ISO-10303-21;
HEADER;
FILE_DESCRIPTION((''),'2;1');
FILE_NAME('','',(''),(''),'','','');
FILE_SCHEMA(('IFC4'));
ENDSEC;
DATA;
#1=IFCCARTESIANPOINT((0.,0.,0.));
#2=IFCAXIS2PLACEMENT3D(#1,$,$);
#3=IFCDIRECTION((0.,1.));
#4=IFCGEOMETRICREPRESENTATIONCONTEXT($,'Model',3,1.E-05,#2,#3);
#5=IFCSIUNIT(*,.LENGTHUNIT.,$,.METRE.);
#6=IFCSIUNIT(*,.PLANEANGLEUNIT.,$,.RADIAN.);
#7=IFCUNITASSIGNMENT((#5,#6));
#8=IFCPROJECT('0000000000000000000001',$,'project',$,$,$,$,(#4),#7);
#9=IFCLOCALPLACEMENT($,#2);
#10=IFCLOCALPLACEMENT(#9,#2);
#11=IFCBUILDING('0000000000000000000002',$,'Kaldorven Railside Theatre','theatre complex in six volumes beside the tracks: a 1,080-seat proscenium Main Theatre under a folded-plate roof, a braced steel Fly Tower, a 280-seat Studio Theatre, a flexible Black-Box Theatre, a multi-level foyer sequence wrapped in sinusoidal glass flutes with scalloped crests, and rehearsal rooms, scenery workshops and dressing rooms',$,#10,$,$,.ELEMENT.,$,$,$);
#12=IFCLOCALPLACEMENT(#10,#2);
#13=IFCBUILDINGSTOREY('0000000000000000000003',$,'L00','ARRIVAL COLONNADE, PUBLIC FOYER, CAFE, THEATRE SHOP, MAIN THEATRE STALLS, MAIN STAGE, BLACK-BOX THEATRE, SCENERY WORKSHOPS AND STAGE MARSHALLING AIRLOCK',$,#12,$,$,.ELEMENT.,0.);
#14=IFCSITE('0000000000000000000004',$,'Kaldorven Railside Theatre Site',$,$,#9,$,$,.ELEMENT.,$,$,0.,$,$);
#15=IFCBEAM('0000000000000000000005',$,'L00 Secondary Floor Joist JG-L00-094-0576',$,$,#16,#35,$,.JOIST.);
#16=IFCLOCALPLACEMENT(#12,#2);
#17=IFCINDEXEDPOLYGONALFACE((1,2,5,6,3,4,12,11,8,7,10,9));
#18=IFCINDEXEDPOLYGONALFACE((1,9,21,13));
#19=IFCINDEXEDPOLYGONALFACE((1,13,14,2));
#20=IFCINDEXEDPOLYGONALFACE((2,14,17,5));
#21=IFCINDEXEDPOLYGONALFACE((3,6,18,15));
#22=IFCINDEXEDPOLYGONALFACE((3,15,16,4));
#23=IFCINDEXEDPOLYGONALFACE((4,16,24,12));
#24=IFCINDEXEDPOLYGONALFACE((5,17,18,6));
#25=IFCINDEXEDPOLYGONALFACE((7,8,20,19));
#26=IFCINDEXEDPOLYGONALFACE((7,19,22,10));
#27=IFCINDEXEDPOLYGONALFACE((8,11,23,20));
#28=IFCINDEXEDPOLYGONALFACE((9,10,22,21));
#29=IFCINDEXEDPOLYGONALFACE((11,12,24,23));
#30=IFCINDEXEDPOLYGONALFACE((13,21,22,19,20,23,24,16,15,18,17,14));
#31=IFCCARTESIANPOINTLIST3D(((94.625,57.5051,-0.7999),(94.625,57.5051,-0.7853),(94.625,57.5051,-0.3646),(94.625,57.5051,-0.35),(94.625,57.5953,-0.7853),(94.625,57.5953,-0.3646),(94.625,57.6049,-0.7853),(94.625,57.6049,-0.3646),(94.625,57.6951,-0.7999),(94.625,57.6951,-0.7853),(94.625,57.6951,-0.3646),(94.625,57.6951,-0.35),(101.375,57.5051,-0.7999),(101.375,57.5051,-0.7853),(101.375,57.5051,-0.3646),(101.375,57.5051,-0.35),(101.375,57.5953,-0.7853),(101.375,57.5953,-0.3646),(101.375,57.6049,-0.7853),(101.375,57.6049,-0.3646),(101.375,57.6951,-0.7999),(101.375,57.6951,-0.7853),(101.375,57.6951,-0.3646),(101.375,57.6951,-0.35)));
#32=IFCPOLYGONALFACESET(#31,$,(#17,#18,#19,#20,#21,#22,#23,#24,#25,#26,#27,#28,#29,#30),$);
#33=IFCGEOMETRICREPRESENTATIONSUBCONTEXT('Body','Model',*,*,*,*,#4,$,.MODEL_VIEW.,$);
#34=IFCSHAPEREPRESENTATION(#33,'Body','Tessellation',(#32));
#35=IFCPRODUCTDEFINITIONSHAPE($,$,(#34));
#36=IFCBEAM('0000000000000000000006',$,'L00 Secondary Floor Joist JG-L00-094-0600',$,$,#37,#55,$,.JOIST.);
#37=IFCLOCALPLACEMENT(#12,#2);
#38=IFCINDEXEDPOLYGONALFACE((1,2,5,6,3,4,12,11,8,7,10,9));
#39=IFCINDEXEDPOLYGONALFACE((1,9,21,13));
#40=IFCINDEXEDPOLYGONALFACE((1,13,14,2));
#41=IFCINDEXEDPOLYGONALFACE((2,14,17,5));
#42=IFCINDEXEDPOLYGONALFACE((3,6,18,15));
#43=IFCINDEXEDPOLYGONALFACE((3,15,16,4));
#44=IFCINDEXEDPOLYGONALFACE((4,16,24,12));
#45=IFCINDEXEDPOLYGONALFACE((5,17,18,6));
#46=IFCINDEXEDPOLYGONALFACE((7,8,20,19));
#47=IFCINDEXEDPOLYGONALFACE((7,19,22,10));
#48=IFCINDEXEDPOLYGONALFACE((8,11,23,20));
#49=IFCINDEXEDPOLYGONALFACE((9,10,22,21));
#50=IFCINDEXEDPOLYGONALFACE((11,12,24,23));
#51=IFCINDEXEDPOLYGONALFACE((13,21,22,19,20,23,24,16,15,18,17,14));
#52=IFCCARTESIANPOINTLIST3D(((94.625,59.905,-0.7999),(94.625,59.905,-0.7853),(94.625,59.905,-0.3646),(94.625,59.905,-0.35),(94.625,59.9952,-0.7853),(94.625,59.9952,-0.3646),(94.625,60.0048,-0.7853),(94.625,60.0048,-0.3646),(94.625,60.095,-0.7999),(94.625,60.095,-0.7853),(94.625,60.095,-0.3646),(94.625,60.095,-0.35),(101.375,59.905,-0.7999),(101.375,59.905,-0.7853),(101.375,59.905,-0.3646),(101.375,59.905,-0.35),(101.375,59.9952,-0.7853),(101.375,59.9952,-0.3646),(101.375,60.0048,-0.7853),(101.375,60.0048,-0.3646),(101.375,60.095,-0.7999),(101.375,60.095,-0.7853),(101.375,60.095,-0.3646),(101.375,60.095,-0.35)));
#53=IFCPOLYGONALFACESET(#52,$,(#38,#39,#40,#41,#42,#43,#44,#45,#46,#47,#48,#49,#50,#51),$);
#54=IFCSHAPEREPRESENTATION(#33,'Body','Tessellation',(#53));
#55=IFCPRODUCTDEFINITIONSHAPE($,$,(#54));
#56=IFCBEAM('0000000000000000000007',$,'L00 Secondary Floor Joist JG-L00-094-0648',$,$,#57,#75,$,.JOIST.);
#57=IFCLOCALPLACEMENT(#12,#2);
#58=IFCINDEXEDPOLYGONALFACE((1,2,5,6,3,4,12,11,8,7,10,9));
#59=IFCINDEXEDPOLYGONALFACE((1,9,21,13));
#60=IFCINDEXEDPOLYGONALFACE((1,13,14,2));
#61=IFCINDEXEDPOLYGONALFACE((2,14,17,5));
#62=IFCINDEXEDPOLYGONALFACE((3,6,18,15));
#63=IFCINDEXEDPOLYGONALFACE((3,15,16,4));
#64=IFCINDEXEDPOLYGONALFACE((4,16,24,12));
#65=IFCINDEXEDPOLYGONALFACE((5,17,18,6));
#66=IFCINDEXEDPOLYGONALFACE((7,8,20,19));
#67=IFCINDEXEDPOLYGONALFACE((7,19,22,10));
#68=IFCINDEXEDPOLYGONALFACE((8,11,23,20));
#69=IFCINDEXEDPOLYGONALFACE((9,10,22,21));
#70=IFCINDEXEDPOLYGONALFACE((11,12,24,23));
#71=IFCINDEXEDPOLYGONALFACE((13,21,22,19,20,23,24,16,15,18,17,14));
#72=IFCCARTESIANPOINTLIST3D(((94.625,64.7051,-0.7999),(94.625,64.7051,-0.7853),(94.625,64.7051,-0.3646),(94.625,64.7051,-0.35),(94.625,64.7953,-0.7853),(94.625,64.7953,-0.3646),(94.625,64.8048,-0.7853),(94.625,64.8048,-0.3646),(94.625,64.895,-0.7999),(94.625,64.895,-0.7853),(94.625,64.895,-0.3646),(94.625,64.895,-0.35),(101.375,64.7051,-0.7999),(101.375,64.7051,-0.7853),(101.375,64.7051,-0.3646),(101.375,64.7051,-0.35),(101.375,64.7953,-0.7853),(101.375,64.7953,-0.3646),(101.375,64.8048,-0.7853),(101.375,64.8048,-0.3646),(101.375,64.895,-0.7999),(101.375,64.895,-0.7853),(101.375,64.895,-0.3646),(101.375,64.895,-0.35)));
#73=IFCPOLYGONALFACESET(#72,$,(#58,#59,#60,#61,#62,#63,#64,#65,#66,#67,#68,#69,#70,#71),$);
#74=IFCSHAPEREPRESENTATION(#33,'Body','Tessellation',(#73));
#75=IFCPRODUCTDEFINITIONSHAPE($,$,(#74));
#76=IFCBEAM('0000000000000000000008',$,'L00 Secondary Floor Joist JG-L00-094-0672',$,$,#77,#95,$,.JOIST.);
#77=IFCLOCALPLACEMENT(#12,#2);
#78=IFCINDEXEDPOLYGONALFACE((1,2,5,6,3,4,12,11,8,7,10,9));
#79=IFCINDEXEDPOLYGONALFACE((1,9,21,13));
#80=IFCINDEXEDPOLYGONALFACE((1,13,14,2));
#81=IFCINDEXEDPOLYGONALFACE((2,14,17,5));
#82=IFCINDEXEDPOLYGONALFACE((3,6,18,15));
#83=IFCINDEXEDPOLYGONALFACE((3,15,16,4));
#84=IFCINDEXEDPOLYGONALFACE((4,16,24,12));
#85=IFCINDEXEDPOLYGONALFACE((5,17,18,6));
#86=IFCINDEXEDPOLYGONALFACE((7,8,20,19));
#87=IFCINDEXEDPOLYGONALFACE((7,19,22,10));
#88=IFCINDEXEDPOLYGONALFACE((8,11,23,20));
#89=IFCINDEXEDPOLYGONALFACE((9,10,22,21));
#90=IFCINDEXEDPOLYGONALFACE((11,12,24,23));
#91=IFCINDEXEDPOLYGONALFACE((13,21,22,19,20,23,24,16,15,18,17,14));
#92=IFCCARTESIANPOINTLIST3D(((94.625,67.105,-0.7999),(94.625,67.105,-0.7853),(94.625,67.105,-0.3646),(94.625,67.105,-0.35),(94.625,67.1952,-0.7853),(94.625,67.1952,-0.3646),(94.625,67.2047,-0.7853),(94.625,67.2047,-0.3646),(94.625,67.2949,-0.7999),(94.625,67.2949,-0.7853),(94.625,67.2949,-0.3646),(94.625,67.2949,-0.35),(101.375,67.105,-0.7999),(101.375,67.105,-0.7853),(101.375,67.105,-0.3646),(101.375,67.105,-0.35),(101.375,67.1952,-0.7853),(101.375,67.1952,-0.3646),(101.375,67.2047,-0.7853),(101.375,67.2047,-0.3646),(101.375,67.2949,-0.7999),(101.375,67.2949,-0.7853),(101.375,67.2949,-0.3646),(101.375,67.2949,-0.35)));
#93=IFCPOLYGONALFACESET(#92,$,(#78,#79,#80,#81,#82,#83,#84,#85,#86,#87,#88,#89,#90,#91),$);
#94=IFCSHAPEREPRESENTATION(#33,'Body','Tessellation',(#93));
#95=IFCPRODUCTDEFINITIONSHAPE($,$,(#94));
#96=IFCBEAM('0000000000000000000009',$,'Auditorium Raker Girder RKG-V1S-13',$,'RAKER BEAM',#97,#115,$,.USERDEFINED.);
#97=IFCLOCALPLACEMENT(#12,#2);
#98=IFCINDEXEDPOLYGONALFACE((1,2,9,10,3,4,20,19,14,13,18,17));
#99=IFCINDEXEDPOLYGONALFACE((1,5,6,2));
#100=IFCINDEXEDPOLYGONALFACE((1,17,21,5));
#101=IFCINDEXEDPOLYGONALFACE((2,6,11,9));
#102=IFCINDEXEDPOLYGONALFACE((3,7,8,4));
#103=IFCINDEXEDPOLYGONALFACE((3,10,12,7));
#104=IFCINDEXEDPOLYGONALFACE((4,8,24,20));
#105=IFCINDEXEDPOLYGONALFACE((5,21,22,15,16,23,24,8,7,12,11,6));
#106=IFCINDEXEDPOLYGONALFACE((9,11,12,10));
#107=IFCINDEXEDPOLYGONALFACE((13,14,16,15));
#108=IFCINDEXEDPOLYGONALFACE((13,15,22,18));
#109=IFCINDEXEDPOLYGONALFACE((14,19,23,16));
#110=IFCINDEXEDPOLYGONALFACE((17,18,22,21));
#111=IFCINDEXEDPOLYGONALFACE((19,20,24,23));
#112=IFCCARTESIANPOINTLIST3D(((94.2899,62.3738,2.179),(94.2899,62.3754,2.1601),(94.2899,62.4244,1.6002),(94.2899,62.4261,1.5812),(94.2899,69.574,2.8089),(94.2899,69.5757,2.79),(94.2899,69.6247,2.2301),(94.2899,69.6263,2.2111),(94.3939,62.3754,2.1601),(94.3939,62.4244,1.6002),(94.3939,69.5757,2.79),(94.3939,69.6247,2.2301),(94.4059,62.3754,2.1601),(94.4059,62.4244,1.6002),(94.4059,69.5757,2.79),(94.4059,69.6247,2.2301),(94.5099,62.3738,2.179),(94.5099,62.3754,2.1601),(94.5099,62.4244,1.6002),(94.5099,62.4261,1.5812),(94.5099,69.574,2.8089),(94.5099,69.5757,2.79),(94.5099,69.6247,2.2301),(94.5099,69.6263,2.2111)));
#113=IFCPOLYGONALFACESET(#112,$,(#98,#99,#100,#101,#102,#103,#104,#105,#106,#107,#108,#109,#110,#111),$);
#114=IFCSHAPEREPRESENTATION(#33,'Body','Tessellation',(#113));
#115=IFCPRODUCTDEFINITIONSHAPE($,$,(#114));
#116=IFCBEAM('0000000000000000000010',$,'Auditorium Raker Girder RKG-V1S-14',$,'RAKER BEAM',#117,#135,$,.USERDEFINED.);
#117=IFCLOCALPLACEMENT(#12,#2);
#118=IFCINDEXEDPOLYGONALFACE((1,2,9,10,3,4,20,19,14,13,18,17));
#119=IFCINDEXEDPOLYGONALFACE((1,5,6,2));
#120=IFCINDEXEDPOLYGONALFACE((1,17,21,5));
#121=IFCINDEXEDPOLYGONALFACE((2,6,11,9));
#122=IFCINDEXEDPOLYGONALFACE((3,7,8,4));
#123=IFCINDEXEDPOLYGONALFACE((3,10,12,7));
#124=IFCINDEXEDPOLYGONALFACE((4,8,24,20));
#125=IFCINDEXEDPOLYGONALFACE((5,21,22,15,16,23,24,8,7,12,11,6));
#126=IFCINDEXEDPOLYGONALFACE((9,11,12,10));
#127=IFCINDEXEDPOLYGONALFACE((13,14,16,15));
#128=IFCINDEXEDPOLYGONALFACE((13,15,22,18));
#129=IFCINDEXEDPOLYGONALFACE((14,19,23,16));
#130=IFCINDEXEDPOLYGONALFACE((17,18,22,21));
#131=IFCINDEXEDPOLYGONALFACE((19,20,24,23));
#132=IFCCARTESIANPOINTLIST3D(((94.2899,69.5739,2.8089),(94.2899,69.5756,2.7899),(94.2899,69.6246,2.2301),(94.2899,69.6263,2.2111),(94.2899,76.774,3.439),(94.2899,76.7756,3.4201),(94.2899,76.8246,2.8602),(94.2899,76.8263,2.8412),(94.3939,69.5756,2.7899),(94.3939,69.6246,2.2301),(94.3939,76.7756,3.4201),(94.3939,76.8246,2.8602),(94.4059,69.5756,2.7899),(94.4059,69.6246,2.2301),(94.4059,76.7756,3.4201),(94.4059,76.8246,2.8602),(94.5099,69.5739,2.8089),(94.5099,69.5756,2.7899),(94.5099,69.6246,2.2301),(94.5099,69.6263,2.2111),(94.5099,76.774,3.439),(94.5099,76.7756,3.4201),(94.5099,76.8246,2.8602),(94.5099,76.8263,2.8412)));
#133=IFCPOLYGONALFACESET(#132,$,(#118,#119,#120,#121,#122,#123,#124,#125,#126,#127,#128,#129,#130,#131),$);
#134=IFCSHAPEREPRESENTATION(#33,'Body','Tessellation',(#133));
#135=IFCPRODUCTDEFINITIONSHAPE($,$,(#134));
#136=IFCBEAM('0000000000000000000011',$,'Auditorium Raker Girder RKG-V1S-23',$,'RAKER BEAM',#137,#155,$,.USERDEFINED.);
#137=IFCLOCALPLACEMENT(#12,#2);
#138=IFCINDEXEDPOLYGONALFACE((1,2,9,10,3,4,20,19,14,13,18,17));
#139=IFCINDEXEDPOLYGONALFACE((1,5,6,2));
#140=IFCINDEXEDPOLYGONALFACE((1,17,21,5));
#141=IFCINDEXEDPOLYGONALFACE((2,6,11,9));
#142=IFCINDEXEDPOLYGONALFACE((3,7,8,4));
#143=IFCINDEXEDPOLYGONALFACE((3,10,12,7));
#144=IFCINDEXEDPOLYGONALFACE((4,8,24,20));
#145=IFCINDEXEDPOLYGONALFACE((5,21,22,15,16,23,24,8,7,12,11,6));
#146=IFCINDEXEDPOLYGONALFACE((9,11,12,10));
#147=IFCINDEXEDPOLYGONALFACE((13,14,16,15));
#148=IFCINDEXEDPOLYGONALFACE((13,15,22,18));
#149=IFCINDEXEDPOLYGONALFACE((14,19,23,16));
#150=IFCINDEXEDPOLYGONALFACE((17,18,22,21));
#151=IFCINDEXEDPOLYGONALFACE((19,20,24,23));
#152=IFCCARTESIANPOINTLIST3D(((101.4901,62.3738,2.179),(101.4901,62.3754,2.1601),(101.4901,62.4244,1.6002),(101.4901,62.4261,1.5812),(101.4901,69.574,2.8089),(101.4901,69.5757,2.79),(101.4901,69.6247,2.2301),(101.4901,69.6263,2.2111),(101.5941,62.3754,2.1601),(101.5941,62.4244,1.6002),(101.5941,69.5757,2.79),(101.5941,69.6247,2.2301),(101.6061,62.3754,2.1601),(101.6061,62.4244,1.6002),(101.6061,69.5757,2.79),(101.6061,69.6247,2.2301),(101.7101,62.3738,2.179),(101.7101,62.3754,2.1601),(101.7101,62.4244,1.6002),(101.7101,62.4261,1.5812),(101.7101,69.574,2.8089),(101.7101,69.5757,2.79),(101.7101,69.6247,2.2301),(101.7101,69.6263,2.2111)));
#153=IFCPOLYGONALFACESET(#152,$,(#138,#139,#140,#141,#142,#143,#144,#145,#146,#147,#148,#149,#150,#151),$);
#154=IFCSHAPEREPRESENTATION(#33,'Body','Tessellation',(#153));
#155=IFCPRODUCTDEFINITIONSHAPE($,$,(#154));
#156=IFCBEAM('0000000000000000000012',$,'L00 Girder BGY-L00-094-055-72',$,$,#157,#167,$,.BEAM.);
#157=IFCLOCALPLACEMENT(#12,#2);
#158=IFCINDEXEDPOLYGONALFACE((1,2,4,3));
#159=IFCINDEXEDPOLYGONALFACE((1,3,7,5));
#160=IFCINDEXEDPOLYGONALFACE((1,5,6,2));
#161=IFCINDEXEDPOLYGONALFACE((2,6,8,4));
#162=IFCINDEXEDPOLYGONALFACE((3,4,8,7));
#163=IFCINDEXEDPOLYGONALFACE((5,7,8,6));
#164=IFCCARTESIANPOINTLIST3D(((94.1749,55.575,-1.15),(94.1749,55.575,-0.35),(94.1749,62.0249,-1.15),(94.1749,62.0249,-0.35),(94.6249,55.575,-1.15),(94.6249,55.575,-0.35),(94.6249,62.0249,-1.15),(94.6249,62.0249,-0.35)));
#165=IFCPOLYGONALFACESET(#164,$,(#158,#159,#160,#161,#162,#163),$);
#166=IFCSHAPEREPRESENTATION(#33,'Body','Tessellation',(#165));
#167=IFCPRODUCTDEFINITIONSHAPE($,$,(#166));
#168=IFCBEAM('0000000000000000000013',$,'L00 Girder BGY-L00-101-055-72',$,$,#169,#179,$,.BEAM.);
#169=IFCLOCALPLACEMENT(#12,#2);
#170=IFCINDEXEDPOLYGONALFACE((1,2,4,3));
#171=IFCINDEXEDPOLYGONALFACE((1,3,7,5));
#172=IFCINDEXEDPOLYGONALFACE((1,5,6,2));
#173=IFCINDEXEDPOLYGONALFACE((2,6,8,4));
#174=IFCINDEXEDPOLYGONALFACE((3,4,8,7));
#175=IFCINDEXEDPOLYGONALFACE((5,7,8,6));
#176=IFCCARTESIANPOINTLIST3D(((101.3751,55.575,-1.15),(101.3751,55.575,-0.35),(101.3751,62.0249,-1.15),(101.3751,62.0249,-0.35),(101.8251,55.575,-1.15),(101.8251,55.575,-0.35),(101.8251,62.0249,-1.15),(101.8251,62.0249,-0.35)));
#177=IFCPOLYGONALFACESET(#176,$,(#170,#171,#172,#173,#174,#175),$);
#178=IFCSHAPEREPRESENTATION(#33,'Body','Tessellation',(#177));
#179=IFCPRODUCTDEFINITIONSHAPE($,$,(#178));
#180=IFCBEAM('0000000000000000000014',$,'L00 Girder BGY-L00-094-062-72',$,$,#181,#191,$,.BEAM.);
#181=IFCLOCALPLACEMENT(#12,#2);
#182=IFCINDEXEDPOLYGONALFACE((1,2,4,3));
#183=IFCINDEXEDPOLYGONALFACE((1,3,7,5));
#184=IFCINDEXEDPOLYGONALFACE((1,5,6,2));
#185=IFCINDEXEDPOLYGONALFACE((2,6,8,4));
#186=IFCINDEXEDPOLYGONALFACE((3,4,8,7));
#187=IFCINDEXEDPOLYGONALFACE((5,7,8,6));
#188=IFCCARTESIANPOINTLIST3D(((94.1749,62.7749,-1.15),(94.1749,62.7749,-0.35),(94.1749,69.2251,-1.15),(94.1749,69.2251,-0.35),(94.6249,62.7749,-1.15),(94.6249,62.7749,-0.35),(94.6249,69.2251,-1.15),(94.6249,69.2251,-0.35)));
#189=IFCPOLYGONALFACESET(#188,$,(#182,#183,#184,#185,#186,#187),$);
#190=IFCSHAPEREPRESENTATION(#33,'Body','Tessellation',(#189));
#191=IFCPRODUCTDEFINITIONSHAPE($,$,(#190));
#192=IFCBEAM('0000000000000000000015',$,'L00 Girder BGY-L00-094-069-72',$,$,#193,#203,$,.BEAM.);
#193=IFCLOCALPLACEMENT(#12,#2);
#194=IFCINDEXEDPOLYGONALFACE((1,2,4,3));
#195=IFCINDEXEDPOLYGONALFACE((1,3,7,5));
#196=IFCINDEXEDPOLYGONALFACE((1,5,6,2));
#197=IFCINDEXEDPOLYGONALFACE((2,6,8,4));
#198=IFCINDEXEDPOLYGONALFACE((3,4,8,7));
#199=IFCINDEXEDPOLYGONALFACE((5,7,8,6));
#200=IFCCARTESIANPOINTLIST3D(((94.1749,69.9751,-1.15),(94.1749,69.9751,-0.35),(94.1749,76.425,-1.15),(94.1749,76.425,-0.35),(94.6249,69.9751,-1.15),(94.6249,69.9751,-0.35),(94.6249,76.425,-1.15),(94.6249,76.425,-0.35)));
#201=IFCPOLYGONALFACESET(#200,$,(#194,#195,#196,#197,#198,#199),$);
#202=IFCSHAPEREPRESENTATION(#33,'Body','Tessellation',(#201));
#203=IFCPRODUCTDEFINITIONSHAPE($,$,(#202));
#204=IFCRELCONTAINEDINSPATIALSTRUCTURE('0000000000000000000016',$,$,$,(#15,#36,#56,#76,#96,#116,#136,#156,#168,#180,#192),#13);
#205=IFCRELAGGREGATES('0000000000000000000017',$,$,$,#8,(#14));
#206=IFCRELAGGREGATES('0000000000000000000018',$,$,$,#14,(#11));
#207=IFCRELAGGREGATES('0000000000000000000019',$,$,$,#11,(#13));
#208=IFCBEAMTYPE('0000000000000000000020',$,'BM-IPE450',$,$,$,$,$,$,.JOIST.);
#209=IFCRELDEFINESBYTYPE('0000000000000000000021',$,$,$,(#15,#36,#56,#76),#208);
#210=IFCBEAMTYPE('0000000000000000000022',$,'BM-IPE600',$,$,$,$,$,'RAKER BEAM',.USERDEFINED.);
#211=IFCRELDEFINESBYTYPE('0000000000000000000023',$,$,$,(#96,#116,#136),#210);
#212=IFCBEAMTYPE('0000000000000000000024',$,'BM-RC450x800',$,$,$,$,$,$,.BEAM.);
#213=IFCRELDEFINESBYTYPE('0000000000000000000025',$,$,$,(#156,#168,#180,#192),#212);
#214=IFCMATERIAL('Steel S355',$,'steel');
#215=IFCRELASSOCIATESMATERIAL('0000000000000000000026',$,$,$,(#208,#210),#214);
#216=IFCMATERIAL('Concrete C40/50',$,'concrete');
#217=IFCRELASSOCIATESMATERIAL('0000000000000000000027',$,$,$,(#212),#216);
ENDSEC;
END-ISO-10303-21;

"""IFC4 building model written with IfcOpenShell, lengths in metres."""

from ifc_helpers import new_model, si_unit, direction, frame, origin, origin_2d, place, context, subcontext, project, spatial, rectangle, i_section, extrude, material, material_profile, profile_set, type_object, element, save


model = new_model("IFC4")

# Units and contexts
model_context = context("Model", 3, precision=1e-05, world=origin(), true_north=direction((0.0, 1.0)))
body_context = subcontext(model_context, "Body", "Model", "MODEL_VIEW")
ifc_project = project(units=[si_unit("LENGTHUNIT", "METRE"), si_unit("PLANEANGLEUNIT", "RADIAN")], contexts=[model_context])

# Site, building, storey
site_placement = place(None, origin())
site = spatial("IfcSite", under=ifc_project, at=site_placement, Name="Kaldorven Railside Theatre Site", CompositionType="ELEMENT", RefElevation=0.0)
building_placement = place(site_placement, origin())
building = spatial("IfcBuilding", under=site, at=building_placement, Name="Kaldorven Railside Theatre", Description="theatre complex in six volumes beside the tracks: a 1,080-seat proscenium Main Theatre under a folded-plate roof, a braced steel Fly Tower, a 280-seat Studio Theatre, a flexible Black-Box Theatre, a multi-level foyer sequence wrapped in sinusoidal glass flutes with scalloped crests, and rehearsal rooms, scenery workshops and dressing rooms", CompositionType="ELEMENT")
storey_placement = place(building_placement, origin())
storey = spatial("IfcBuildingStorey", under=building, at=storey_placement, Name="L00", Description="ARRIVAL COLONNADE, PUBLIC FOYER, CAFE, THEATRE SHOP, MAIN THEATRE STALLS, MAIN STAGE, BLACK-BOX THEATRE, SCENERY WORKSHOPS AND STAGE MARSHALLING AIRLOCK", CompositionType="ELEMENT", Elevation=0.0)

# Shared definitions
ifc_material_1 = material(Name="Steel S355", Category="steel")

# Beams
ifc_material_profile_1 = material_profile(ifc_material_1, i_section(OverallWidth=0.1899, OverallDepth=0.45, WebThickness=0.0095, FlangeThickness=0.0146, at=origin_2d()), Name="IPE 450")
ifc_profile_set_1 = profile_set([ifc_material_profile_1], Name="Steel S355")
beam_type_1 = type_object("IfcBeamType", Name="BM-IPE450", PredefinedType="JOIST", material=ifc_profile_set_1)
for number, where, z_axis, x_axis, name in (
    (1, (94.625, 57.6001, -0.575), (1.0, 0.0, 0.0), (0.0, 1.0, 0.0), "L00 Secondary Floor Joist JG-L00-094-0576"),
    (2, (94.625, 60.0, -0.575), (1.0, 0.0, 0.0), (0.0, 1.0, 0.0), "L00 Secondary Floor Joist JG-L00-094-0600"),
    (3, (94.625, 64.8, -0.575), (1.0, 0.0, 0.0), (0.0, 1.0, 0.0), "L00 Secondary Floor Joist JG-L00-094-0648"),
    (4, (94.625, 67.2, -0.575), (1.0, 0.0, 0.0), (0.0, 1.0, 0.0), "L00 Secondary Floor Joist JG-L00-094-0672"),
):
    element("IfcBeam", number, at=place(storey_placement, frame(where, z_axis=z_axis, x_axis=x_axis)), inside=storey, type_object=beam_type_1, Name=name, PredefinedType="JOIST", context=body_context, shape_type="SweptSolid", body=[
        extrude(i_section(OverallWidth=0.1899, OverallDepth=0.45, WebThickness=0.0095, FlangeThickness=0.0146, at=origin_2d()), origin(), (0.0, 0.0, 1.0), 6.75),
    ])
ifc_material_profile_2 = material_profile(ifc_material_1, i_section(OverallWidth=0.22, OverallDepth=0.6001, WebThickness=0.012, FlangeThickness=0.019, at=origin_2d()), Name="IPE 600")
ifc_profile_set_2 = profile_set([ifc_material_profile_2], Name="Steel S355")
beam_type_2 = type_object("IfcBeamType", Name="BM-IPE600", ElementType="RAKER BEAM", PredefinedType="USERDEFINED", material=ifc_profile_set_2)
beam_1_placement = place(storey_placement, frame((94.3999, 62.3999, 1.8801), z_axis=(0.0, 0.996195, 0.087149), x_axis=(-1.0, 0.0, 0.0)))
element("IfcBeam", 5, at=beam_1_placement, inside=storey, type_object=beam_type_2, Name="Auditorium Raker Girder RKG-V1S-13", ObjectType="RAKER BEAM", PredefinedType="USERDEFINED", context=body_context, shape_type="SweptSolid", body=[
    extrude(i_section(OverallWidth=0.22, OverallDepth=0.6001, WebThickness=0.012, FlangeThickness=0.019, at=origin_2d()), origin(), (0.0, 0.0, 1.0), 7.2278),
])
beam_2_placement = place(storey_placement, frame((94.3999, 69.6001, 2.51), z_axis=(0.0, 0.996192, 0.087185), x_axis=(-1.0, 0.0, 0.0)))
element("IfcBeam", 6, at=beam_2_placement, inside=storey, type_object=beam_type_2, Name="Auditorium Raker Girder RKG-V1S-14", ObjectType="RAKER BEAM", PredefinedType="USERDEFINED", context=body_context, shape_type="SweptSolid", body=[
    extrude(i_section(OverallWidth=0.22, OverallDepth=0.6001, WebThickness=0.012, FlangeThickness=0.019, at=origin_2d()), origin(), (0.0, 0.0, 1.0), 7.2275),
])
beam_3_placement = place(storey_placement, frame((101.6001, 62.3999, 1.8801), z_axis=(0.0, 0.996195, 0.087149), x_axis=(-1.0, 0.0, 0.0)))
element("IfcBeam", 7, at=beam_3_placement, inside=storey, type_object=beam_type_2, Name="Auditorium Raker Girder RKG-V1S-23", ObjectType="RAKER BEAM", PredefinedType="USERDEFINED", context=body_context, shape_type="SweptSolid", body=[
    extrude(i_section(OverallWidth=0.22, OverallDepth=0.6001, WebThickness=0.012, FlangeThickness=0.019, at=origin_2d()), origin(), (0.0, 0.0, 1.0), 7.2278),
])
ifc_material_2 = material(Name="Concrete C40/50", Category="concrete")
ifc_material_profile_3 = material_profile(ifc_material_2, rectangle(XDim=0.45, YDim=0.8, at=origin_2d()), Name="RC 450x800")
ifc_profile_set_3 = profile_set([ifc_material_profile_3], Name="Concrete C40/50")
beam_type_3 = type_object("IfcBeamType", Name="BM-RC450x800", PredefinedType="BEAM", material=ifc_profile_set_3)
for number, where, z_axis, x_axis, name in (
    (8, (94.3999, 55.575, -0.75), (0.0, 1.0, 0.0), (-1.0, 0.0, 0.0), "L00 Girder BGY-L00-094-055-72"),
    (9, (101.6001, 55.575, -0.75), (0.0, 1.0, 0.0), (-1.0, 0.0, 0.0), "L00 Girder BGY-L00-101-055-72"),
):
    element("IfcBeam", number, at=place(storey_placement, frame(where, z_axis=z_axis, x_axis=x_axis)), inside=storey, type_object=beam_type_3, Name=name, PredefinedType="BEAM", context=body_context, shape_type="SweptSolid", body=[
        extrude(rectangle(XDim=0.45, YDim=0.8, at=origin_2d()), origin(), (0.0, 0.0, 1.0), 6.45),
    ])
beam_4_placement = place(storey_placement, frame((94.3999, 62.7749, -0.75), z_axis=(0.0, 1.0, 0.0), x_axis=(-1.0, 0.0, 0.0)))
element("IfcBeam", 10, at=beam_4_placement, inside=storey, type_object=beam_type_3, Name="L00 Girder BGY-L00-094-062-72", PredefinedType="BEAM", context=body_context, shape_type="SweptSolid", body=[
    extrude(rectangle(XDim=0.45, YDim=0.8, at=origin_2d()), origin(), (0.0, 0.0, 1.0), 6.4502),
])
beam_5_placement = place(storey_placement, frame((94.3999, 69.9751, -0.75), z_axis=(0.0, 1.0, 0.0), x_axis=(-1.0, 0.0, 0.0)))
element("IfcBeam", 11, at=beam_5_placement, inside=storey, type_object=beam_type_3, Name="L00 Girder BGY-L00-094-069-72", PredefinedType="BEAM", context=body_context, shape_type="SweptSolid", body=[
    extrude(rectangle(XDim=0.45, YDim=0.8, at=origin_2d()), origin(), (0.0, 0.0, 1.0), 6.45),
])

save(model, "model.ifc")
